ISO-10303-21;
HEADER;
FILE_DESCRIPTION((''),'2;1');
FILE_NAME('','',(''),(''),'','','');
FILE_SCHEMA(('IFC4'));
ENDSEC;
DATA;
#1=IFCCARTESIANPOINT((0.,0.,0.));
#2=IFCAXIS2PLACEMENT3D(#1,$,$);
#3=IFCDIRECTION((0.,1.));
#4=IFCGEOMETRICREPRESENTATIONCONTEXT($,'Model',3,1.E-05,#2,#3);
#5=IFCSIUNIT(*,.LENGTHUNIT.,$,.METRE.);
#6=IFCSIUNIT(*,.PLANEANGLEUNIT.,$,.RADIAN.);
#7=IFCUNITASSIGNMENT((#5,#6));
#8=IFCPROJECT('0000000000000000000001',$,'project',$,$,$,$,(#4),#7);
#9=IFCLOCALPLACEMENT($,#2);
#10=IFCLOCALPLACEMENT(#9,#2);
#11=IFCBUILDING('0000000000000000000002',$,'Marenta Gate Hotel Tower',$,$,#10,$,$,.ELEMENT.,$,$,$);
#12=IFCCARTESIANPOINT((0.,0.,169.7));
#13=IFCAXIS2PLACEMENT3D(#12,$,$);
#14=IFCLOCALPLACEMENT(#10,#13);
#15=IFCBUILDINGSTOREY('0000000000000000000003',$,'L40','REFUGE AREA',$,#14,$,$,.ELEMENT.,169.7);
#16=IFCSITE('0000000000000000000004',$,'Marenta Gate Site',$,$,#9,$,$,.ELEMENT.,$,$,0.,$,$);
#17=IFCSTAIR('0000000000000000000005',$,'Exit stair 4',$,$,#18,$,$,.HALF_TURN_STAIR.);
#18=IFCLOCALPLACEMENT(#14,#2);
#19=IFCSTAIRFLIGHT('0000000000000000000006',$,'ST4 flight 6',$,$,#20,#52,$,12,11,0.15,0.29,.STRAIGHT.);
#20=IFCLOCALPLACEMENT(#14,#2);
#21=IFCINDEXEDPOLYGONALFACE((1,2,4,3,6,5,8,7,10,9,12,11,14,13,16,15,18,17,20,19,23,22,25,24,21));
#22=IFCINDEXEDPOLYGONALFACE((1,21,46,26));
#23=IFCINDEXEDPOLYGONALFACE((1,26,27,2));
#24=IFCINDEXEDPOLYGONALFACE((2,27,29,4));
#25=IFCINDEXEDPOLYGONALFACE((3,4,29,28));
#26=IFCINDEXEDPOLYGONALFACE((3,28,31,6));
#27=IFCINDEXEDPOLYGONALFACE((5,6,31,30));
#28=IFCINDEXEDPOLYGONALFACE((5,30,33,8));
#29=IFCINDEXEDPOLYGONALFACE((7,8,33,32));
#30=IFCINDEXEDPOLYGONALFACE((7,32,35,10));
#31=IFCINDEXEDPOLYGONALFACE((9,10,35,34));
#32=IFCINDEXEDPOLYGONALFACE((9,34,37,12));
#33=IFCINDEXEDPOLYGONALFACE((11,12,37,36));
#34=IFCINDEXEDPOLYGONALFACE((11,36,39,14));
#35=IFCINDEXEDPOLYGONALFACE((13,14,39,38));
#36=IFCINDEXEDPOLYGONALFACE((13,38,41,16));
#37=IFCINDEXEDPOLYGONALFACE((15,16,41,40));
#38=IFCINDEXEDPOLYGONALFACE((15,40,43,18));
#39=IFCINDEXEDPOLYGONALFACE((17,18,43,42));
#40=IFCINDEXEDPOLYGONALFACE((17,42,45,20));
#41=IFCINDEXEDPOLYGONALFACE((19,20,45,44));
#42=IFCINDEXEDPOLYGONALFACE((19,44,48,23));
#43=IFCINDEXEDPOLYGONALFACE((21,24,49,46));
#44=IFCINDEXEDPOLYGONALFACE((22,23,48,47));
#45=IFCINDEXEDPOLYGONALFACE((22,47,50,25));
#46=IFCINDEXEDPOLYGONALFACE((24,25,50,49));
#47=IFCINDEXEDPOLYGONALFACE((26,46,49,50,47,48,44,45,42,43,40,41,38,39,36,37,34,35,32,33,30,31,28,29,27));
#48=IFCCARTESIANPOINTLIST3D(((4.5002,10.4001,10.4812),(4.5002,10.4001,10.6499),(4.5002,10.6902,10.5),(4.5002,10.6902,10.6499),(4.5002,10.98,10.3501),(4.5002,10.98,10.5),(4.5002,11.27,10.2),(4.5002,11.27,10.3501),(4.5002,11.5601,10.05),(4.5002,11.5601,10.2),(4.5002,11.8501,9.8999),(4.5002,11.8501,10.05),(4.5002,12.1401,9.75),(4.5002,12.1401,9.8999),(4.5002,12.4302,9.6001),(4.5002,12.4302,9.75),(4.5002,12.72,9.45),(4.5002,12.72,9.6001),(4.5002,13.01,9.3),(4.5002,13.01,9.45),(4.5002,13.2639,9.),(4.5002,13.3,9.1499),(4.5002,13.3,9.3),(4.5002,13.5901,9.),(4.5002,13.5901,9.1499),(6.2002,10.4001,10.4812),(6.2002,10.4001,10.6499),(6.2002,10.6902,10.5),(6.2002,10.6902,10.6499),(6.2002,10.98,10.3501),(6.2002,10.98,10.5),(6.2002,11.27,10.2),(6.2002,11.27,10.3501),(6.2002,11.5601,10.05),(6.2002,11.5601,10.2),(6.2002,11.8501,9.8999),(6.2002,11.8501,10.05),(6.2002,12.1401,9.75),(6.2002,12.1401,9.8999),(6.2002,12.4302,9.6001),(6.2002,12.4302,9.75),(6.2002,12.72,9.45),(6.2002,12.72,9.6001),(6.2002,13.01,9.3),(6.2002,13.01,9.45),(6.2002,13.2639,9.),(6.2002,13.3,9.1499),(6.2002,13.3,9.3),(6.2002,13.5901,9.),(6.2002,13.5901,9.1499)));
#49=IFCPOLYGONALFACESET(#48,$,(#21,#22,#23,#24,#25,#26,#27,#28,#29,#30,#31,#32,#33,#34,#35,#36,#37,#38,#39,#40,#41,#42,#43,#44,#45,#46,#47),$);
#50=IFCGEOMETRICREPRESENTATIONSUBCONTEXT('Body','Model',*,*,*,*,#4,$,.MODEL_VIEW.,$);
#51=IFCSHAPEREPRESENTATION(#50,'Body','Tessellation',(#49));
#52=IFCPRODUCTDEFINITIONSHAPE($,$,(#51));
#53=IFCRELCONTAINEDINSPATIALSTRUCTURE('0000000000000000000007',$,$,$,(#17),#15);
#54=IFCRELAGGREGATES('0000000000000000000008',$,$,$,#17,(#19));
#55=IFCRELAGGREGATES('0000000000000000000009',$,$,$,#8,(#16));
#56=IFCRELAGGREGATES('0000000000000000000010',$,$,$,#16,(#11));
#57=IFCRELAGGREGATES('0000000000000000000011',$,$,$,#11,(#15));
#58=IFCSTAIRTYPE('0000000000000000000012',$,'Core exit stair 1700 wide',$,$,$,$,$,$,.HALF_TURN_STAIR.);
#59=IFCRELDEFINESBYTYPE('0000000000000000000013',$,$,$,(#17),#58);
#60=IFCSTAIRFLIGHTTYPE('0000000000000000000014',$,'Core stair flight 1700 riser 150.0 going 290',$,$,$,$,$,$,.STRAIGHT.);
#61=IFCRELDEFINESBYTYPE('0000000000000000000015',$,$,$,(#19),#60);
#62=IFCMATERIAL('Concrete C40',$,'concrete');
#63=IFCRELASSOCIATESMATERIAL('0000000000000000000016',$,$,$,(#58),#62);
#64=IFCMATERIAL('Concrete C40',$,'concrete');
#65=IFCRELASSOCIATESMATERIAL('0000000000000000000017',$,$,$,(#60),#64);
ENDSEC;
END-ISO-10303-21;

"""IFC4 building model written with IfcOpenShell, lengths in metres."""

from ifc_helpers import new_model, si_unit, direction, frame, origin, place, context, subcontext, project, spatial, polyline, outline, extrude, material, type_object, element, aggregate, save


model = new_model("IFC4")

# Units and contexts
model_context = context("Model", 3, precision=1e-05, world=origin(), true_north=direction((0.0, 1.0)))
body_context = subcontext(model_context, "Body", "Model", "MODEL_VIEW")
ifc_project = project(units=[si_unit("LENGTHUNIT", "METRE"), si_unit("PLANEANGLEUNIT", "RADIAN")], contexts=[model_context])

# Site, building, storey
site_placement = place(None, origin())
site = spatial("IfcSite", under=ifc_project, at=site_placement, Name="Marenta Gate Site", CompositionType="ELEMENT", RefElevation=0.0)
building_placement = place(site_placement, origin())
building = spatial("IfcBuilding", under=site, at=building_placement, Name="Marenta Gate Hotel Tower", CompositionType="ELEMENT")
storey_placement = place(building_placement, frame((0.0, 0.0, 169.7)))
storey = spatial("IfcBuildingStorey", under=building, at=storey_placement, Name="L40", Description="REFUGE AREA", CompositionType="ELEMENT", Elevation=169.7)

# Stair, stair flight
ifc_material_1 = material(Name="Concrete C40", Category="concrete")
stair_type = type_object("IfcStairType", Name="Core exit stair 1700 wide", PredefinedType="HALF_TURN_STAIR", material=ifc_material_1)
stair_placement = place(storey_placement, origin())
stair = element("IfcStair", 1, at=stair_placement, inside=storey, type_object=stair_type, Name="Exit stair 4", PredefinedType="HALF_TURN_STAIR")
ifc_material_2 = material(Name="Concrete C40", Category="concrete")
stair_flight_type = type_object("IfcStairFlightType", Name="Core stair flight 1700 riser 150.0 going 290", PredefinedType="STRAIGHT", material=ifc_material_2)
stair_flight_1_placement = place(storey_placement, frame((5.3501, 13.5901, 9.0), z_axis=(0.0, 0.0, 1.0), x_axis=(0.0, -1.0, 0.0)))
stair_flight_1 = element("IfcStairFlight", 2, at=stair_flight_1_placement, type_object=stair_flight_type, Name="ST4 flight 6", NumberOfRisers=12, NumberOfTreads=11, PredefinedType="STRAIGHT", RiserHeight=0.15, TreadLength=0.29, context=body_context, shape_type="SweptSolid", body=[
    extrude(outline(polyline([(0.0, 0.0), (0.0, 0.1499), (0.29, 0.1499), (0.29, 0.3), (0.5801, 0.3), (0.5801, 0.45), (0.8701, 0.45), (0.8701, 0.6001), (1.1599, 0.6001), (1.1599, 0.75), (1.45, 0.75), (1.45, 0.8999), (1.74, 0.8999), (1.74, 1.05), (2.03, 1.05), (2.03, 1.2), (2.3201, 1.2), (2.3201, 1.3501), (2.6101, 1.3501), (2.6101, 1.5), (2.8999, 1.5), (2.8999, 1.6499), (3.1899, 1.6499), (3.1899, 1.8), (3.1899, 1.4812), (0.3262, 0.0), (0.0, 0.0)])), frame((0.0, 0.8501, 0.0), z_axis=(0.0, -1.0, 0.0), x_axis=(1.0, 0.0, 0.0)), (0.0, 0.0, 1.0), 1.7),
])
aggregate(stair, [stair_flight_1])

save(model, "model.ifc")
